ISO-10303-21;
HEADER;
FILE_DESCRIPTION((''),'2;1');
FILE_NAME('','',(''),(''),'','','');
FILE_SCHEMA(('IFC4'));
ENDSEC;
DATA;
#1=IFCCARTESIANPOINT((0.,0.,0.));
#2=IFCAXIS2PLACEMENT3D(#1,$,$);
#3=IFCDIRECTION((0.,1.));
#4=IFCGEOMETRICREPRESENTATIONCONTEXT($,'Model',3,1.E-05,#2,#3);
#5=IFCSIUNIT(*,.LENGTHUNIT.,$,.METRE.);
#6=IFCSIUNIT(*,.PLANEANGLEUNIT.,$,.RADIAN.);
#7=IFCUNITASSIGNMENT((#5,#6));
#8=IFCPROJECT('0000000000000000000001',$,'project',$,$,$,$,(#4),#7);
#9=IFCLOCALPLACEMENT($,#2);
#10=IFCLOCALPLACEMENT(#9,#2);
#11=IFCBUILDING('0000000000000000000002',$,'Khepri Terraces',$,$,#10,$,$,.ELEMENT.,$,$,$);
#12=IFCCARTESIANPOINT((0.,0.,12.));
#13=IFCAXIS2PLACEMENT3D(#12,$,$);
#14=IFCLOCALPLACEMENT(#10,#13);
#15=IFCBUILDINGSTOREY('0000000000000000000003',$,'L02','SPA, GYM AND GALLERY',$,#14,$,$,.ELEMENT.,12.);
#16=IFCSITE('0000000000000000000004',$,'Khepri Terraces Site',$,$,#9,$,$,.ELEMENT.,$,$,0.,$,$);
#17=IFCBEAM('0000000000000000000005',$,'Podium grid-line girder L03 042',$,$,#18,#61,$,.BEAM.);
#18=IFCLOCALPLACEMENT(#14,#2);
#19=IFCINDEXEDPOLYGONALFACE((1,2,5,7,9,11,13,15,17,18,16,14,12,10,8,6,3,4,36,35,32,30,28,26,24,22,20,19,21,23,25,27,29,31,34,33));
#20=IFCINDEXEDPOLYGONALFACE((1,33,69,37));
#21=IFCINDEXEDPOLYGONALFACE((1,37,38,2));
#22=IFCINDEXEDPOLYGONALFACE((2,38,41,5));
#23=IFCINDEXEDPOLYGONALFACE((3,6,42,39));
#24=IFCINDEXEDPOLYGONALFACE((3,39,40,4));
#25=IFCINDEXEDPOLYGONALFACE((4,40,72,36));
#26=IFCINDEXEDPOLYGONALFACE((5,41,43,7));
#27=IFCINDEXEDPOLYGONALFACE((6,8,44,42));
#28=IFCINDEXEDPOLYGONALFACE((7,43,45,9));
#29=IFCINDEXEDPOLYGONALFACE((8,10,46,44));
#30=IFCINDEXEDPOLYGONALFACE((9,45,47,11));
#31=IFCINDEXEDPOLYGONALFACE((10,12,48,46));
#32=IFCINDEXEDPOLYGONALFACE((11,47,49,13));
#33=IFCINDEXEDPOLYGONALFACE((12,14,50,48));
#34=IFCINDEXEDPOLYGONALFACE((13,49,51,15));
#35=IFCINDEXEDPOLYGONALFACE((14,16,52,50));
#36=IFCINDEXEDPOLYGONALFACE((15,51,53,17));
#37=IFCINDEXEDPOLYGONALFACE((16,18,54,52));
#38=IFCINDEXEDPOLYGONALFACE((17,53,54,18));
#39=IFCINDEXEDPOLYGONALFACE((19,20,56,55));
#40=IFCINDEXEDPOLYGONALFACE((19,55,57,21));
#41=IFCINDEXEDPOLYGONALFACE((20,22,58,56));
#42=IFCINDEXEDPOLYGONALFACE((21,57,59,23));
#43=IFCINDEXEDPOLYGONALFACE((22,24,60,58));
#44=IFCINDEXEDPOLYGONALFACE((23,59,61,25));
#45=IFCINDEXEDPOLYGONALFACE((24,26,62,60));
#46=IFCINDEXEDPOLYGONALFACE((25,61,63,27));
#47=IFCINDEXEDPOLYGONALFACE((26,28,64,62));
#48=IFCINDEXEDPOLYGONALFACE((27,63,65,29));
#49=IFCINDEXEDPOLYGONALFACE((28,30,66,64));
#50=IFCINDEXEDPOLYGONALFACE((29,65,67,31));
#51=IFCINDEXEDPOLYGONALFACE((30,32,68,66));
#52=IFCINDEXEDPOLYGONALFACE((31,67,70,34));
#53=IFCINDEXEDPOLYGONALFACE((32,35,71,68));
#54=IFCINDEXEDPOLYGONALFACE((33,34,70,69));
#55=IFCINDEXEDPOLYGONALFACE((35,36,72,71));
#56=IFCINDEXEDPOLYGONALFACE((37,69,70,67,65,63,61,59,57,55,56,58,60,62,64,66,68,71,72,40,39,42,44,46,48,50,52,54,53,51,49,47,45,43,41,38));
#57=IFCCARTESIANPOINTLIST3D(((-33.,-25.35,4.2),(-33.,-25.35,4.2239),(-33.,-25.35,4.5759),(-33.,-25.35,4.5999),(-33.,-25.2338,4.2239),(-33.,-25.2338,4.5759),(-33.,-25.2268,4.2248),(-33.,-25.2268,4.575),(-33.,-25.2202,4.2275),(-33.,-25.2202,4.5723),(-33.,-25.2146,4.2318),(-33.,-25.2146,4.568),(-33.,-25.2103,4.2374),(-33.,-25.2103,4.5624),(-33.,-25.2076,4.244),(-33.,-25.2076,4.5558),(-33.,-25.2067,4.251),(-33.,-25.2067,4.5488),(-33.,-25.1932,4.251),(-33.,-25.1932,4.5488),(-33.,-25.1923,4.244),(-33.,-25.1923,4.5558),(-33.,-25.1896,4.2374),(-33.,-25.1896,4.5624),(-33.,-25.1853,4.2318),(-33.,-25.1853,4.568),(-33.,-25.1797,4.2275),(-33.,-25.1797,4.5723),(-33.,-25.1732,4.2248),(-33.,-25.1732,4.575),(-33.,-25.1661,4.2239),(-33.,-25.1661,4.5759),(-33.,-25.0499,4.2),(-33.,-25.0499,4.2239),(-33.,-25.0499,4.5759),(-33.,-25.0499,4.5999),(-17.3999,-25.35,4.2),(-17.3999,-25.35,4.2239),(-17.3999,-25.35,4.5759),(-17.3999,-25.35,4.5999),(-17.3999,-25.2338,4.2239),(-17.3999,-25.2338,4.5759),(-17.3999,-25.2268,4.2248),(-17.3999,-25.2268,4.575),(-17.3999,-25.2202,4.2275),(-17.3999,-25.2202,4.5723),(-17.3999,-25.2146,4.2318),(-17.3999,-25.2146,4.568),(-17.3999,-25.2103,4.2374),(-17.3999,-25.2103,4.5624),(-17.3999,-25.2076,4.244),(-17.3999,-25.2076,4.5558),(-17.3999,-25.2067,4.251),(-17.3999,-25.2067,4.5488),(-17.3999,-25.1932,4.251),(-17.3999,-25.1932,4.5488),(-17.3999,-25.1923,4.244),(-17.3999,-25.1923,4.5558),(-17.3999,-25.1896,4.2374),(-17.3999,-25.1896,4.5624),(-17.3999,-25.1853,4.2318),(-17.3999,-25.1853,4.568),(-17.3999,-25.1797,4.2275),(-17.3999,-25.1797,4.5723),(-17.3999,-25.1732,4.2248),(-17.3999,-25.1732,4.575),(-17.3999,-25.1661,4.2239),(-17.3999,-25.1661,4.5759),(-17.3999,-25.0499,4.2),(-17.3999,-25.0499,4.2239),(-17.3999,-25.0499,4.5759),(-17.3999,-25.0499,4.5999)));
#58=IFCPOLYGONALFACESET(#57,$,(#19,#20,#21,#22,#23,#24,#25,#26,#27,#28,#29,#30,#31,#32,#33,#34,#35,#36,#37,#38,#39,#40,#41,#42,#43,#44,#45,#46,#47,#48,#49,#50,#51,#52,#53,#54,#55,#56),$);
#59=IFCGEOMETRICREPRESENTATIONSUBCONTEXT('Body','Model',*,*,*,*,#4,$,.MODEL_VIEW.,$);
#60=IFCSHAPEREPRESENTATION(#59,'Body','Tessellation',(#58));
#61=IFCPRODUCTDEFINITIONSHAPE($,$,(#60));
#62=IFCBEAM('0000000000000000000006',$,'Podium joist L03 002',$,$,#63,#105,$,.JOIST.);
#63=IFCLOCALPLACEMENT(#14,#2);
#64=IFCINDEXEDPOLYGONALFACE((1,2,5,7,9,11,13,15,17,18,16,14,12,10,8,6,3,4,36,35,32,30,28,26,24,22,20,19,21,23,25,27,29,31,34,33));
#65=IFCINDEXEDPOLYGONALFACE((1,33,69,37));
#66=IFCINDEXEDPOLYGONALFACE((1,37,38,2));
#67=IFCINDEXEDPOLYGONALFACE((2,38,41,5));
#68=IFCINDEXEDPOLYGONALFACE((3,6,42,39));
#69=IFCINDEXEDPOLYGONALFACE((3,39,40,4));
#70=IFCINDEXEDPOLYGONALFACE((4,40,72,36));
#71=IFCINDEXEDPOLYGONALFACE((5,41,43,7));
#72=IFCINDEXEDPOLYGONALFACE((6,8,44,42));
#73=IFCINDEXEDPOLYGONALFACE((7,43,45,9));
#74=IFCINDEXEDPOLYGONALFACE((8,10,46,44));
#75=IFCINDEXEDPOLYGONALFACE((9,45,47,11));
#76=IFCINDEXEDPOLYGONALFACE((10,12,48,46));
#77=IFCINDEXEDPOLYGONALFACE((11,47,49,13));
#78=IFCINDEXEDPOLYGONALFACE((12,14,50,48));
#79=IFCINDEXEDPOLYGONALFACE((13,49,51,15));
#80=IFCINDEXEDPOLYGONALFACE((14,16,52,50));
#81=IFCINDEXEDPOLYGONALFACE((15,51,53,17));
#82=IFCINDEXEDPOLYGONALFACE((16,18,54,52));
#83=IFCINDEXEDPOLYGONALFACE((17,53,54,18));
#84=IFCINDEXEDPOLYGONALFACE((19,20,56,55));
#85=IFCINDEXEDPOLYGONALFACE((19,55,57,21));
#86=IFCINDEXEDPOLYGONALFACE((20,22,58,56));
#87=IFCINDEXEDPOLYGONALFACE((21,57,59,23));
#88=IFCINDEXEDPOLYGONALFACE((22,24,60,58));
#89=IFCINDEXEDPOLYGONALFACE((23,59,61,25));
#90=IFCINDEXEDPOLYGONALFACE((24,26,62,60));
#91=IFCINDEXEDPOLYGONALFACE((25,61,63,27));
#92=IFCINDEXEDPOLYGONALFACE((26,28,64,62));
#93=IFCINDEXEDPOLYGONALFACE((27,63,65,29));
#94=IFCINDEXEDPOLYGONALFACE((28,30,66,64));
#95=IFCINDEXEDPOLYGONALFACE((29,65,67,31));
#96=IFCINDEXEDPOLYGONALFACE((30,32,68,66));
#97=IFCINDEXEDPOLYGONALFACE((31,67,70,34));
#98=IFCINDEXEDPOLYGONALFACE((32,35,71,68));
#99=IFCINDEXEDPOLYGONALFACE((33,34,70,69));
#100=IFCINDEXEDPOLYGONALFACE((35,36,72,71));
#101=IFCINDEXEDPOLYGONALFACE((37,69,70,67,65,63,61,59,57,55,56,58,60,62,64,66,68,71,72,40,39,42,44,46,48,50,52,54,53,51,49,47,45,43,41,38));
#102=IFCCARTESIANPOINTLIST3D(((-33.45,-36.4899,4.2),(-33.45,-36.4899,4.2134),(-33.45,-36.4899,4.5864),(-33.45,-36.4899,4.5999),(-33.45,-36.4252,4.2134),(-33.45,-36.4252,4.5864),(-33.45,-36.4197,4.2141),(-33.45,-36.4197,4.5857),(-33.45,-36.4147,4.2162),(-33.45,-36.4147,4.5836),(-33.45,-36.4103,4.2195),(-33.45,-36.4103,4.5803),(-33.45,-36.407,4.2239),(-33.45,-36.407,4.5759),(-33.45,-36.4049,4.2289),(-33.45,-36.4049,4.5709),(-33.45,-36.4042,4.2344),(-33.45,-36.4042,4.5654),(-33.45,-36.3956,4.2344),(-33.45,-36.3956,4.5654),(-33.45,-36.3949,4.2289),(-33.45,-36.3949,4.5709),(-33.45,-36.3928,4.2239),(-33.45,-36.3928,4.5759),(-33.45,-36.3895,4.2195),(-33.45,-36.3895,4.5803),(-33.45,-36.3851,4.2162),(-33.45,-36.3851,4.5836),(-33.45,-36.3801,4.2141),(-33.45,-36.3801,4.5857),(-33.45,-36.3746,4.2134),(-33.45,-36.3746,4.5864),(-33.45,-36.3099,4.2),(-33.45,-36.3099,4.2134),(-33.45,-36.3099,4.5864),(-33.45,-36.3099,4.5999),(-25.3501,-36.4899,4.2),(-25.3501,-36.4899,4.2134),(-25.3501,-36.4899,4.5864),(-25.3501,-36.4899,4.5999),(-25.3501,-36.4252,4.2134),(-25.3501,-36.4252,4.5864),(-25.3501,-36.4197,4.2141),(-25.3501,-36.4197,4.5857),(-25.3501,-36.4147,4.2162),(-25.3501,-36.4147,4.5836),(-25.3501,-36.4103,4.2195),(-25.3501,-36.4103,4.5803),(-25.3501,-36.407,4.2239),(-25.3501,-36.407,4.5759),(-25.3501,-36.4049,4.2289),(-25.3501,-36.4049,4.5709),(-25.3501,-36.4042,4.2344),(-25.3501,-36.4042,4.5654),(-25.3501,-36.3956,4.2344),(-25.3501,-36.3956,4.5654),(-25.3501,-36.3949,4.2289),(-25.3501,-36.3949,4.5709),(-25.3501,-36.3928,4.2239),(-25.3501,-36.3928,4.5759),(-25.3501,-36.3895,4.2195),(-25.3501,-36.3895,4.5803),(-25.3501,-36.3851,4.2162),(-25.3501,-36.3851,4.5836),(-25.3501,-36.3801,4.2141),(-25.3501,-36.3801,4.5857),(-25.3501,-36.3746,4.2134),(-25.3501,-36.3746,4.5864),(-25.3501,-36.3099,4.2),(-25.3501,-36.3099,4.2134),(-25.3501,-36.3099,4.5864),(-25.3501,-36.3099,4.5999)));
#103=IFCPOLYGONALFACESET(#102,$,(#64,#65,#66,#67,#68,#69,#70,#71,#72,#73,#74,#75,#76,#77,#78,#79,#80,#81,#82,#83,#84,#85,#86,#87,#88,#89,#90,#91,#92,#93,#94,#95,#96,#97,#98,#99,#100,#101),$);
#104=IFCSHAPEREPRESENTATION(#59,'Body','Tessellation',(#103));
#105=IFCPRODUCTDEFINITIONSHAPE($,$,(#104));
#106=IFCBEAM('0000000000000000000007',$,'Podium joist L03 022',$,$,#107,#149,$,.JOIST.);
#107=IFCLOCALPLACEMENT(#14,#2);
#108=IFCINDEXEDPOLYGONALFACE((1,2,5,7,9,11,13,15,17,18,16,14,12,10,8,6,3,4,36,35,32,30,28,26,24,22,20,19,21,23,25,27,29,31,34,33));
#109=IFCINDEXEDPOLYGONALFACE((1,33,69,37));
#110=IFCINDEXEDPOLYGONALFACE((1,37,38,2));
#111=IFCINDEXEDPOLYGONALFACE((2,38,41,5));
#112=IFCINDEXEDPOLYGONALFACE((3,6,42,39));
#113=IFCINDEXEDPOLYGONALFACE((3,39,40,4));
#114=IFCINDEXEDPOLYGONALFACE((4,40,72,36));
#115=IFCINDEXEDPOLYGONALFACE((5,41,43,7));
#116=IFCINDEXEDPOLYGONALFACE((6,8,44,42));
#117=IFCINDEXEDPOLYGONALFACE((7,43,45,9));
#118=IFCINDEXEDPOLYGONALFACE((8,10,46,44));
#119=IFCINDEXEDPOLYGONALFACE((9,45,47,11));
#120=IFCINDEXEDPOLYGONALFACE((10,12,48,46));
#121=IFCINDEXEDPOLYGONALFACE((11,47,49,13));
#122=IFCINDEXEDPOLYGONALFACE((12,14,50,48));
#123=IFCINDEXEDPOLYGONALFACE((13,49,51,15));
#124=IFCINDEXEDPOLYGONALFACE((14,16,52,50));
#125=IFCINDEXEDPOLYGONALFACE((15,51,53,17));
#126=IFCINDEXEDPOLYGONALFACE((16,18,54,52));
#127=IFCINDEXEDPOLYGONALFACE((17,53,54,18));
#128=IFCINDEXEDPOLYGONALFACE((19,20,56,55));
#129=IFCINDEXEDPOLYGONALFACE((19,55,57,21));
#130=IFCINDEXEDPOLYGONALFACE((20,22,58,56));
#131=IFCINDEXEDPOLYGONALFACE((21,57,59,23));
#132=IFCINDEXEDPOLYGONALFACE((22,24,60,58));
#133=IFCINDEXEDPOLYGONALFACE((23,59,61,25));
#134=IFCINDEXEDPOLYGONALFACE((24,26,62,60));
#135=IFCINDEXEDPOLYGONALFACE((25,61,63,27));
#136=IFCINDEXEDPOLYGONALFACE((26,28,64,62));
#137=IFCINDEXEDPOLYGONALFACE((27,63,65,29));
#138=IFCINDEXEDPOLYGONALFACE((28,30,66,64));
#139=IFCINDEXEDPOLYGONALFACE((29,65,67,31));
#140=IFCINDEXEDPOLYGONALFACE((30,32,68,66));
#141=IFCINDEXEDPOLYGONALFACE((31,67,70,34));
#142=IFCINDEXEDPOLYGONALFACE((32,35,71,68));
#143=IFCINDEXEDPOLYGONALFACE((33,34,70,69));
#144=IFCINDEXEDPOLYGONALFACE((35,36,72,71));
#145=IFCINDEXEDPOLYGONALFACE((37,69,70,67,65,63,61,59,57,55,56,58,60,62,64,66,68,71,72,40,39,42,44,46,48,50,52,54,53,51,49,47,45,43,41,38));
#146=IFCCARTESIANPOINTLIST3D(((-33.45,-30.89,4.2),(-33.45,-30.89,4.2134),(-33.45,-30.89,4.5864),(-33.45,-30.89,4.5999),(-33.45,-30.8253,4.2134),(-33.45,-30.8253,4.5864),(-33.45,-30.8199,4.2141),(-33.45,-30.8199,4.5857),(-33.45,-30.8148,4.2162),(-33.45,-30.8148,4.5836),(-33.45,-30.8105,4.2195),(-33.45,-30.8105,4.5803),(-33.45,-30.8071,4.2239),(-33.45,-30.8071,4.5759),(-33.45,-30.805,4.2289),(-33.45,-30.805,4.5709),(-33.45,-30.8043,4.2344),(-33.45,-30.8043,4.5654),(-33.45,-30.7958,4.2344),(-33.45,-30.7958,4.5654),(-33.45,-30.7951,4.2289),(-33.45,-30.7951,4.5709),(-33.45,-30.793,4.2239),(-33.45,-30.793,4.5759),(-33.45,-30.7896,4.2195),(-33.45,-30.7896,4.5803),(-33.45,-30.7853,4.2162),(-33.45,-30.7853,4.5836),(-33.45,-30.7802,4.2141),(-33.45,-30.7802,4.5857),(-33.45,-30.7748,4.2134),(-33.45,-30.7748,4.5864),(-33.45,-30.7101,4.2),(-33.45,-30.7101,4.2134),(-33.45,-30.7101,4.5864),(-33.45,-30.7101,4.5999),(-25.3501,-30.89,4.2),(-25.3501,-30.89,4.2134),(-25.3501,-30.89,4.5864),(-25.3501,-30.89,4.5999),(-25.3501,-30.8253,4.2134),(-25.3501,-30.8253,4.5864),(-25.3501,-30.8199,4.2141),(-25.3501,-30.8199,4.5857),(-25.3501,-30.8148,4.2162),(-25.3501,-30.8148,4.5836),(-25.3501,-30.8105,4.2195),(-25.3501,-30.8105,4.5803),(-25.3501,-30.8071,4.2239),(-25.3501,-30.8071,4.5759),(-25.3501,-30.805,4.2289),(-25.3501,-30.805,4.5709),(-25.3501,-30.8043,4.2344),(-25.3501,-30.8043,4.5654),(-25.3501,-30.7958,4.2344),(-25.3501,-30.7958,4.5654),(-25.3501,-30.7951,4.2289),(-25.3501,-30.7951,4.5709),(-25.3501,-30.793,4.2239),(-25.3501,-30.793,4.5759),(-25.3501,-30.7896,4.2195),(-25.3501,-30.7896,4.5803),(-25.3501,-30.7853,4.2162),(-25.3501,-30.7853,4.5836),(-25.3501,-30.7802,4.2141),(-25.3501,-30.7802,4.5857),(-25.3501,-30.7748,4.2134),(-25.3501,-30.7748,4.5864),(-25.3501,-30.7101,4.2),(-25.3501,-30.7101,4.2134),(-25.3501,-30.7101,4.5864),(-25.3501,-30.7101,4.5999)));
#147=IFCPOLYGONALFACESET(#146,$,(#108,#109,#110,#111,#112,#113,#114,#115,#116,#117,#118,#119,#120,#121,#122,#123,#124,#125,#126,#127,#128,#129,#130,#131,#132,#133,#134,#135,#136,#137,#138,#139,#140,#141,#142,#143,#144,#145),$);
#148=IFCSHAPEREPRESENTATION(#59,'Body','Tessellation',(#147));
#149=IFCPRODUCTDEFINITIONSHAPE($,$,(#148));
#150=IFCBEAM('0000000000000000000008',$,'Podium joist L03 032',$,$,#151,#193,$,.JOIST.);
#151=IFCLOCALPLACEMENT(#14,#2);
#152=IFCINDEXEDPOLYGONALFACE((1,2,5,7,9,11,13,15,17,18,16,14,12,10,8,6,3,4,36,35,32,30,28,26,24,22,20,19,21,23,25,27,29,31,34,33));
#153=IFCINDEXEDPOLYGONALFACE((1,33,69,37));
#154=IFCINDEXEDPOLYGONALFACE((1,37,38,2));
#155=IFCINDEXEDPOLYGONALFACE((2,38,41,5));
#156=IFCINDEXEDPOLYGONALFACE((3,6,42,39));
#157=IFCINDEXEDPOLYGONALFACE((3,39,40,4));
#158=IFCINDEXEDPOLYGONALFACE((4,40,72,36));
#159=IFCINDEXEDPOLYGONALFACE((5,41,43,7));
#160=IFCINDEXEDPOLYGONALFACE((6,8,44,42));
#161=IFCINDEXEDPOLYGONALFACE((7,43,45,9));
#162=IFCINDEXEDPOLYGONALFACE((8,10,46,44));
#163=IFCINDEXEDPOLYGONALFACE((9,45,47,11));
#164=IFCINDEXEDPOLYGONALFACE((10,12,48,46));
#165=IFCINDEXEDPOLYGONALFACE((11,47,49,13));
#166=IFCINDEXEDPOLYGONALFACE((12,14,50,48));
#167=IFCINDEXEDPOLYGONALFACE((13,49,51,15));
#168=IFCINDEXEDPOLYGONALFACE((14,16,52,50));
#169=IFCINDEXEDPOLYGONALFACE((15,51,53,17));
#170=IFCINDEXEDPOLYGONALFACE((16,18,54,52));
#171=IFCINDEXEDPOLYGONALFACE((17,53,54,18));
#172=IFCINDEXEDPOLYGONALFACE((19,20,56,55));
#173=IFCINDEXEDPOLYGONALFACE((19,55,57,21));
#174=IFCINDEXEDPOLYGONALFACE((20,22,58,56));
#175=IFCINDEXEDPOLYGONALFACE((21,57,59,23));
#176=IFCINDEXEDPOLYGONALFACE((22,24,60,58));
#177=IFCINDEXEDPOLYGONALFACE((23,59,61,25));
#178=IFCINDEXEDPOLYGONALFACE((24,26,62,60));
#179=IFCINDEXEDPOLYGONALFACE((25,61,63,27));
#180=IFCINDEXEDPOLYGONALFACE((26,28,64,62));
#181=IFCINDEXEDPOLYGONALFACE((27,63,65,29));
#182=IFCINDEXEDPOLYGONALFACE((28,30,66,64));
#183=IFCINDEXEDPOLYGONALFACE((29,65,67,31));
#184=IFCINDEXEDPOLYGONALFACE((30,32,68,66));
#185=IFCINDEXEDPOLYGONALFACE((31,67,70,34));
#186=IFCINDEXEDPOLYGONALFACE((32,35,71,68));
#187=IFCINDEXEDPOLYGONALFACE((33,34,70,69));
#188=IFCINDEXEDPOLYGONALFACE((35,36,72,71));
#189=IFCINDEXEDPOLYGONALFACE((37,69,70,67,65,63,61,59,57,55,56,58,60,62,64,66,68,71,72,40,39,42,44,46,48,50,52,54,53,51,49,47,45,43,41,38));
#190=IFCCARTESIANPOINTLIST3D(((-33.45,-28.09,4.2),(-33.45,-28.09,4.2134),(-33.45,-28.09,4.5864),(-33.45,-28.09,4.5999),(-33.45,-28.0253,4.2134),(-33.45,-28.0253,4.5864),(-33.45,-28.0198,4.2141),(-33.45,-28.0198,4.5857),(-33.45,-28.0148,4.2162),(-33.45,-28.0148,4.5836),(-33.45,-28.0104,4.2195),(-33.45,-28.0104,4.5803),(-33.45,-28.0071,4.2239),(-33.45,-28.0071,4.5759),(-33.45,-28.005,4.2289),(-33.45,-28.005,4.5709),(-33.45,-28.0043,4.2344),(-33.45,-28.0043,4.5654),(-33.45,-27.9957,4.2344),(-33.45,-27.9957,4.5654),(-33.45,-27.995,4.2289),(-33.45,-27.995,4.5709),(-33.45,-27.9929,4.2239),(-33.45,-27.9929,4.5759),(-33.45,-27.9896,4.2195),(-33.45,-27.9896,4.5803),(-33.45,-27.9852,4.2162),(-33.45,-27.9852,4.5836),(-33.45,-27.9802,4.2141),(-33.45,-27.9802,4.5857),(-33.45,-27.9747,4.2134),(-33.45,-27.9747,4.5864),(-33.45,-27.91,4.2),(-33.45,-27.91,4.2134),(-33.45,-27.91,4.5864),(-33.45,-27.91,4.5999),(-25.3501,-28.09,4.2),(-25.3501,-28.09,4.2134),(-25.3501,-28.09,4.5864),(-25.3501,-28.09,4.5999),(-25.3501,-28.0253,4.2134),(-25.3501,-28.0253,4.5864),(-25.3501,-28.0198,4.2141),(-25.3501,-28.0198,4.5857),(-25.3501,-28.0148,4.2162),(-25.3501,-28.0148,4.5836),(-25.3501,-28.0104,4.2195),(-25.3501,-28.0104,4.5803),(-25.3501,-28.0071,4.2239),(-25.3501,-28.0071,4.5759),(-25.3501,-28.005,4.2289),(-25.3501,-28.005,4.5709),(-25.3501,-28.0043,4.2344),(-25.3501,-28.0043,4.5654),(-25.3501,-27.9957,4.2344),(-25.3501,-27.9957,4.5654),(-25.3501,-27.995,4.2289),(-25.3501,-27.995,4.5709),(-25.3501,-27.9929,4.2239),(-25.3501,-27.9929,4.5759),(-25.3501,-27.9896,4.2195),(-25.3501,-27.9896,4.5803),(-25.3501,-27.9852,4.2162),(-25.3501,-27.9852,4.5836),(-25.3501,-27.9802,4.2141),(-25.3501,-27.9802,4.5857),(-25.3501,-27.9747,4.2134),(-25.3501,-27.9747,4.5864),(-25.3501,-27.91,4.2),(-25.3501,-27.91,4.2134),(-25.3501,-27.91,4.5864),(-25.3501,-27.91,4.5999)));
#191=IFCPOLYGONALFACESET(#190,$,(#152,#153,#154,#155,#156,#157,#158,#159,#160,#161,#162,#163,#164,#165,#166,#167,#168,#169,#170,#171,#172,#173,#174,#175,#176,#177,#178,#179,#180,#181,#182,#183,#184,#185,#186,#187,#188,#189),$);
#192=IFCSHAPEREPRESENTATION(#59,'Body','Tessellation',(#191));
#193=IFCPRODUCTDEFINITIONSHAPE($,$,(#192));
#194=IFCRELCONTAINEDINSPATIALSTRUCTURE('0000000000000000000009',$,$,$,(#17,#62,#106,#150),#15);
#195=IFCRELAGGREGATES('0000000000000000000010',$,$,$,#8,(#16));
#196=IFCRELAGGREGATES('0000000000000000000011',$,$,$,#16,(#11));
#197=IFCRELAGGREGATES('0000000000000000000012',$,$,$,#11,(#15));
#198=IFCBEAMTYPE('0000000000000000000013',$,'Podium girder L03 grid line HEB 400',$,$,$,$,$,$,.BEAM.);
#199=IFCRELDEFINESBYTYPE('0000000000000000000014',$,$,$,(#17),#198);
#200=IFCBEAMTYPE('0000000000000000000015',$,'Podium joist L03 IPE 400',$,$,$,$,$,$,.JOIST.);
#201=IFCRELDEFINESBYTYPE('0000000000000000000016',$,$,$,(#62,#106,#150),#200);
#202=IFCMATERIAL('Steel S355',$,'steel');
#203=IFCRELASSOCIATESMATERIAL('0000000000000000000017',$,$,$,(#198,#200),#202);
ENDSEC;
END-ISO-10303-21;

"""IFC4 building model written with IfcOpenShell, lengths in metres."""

from ifc_helpers import new_model, si_unit, direction, frame, origin, origin_2d, place, context, subcontext, project, spatial, i_section, extrude, material, material_profile, profile_set, type_object, element, save


model = new_model("IFC4")

# Units and contexts
model_context = context("Model", 3, precision=1e-05, world=origin(), true_north=direction((0.0, 1.0)))
body_context = subcontext(model_context, "Body", "Model", "MODEL_VIEW")
ifc_project = project(units=[si_unit("LENGTHUNIT", "METRE"), si_unit("PLANEANGLEUNIT", "RADIAN")], contexts=[model_context])

# Site, building, storey
site_placement = place(None, origin())
site = spatial("IfcSite", under=ifc_project, at=site_placement, Name="Khepri Terraces Site", CompositionType="ELEMENT", RefElevation=0.0)
building_placement = place(site_placement, origin())
building = spatial("IfcBuilding", under=site, at=building_placement, Name="Khepri Terraces", CompositionType="ELEMENT")
storey_placement = place(building_placement, frame((0.0, 0.0, 12.0)))
storey = spatial("IfcBuildingStorey", under=building, at=storey_placement, Name="L02", Description="SPA, GYM AND GALLERY", CompositionType="ELEMENT", Elevation=12.0)

# Beams
ifc_material_1 = material(Name="Steel S355", Category="steel")
ifc_material_profile_1 = material_profile(ifc_material_1, i_section(OverallWidth=0.3, OverallDepth=0.3999, WebThickness=0.0134, FlangeThickness=0.0239, FilletRadius=0.0271, at=origin_2d()), Name="Steel S355", Category="steel")
ifc_profile_set_1 = profile_set([ifc_material_profile_1], Name="Steel S355")
beam_type_1 = type_object("IfcBeamType", Name="Podium girder L03 grid line HEB 400", PredefinedType="BEAM", material=ifc_profile_set_1)
beam_1_placement = place(storey_placement, frame((-33.0, -25.2, 4.3999), z_axis=(1.0, 0.0, 0.0), x_axis=(0.0, 1.0, 0.0)))
element("IfcBeam", 1, at=beam_1_placement, inside=storey, type_object=beam_type_1, Name="Podium grid-line girder L03 042", PredefinedType="BEAM", context=body_context, shape_type="SweptSolid", body=[
    extrude(i_section(OverallWidth=0.3, OverallDepth=0.3999, WebThickness=0.0134, FlangeThickness=0.0239, FilletRadius=0.0271, at=origin_2d()), origin(), (0.0, 0.0, 1.0), 15.6001),
])
ifc_material_profile_2 = material_profile(ifc_material_1, i_section(OverallWidth=0.1799, OverallDepth=0.3999, WebThickness=0.0085, FlangeThickness=0.0134, FilletRadius=0.021, at=origin_2d()), Name="Steel S355", Category="steel")
ifc_profile_set_2 = profile_set([ifc_material_profile_2], Name="Steel S355")
beam_type_2 = type_object("IfcBeamType", Name="Podium joist L03 IPE 400", PredefinedType="JOIST", material=ifc_profile_set_2)
for number, where, z_axis, x_axis, name in (
    (2, (-33.45, -36.3999, 4.3999), (1.0, 0.0, 0.0), (0.0, 1.0, 0.0), "Podium joist L03 002"),
    (3, (-33.45, -30.8, 4.3999), (1.0, 0.0, 0.0), (0.0, 1.0, 0.0), "Podium joist L03 022"),
    (4, (-33.45, -28.0, 4.3999), (1.0, 0.0, 0.0), (0.0, 1.0, 0.0), "Podium joist L03 032"),
):
    element("IfcBeam", number, at=place(storey_placement, frame(where, z_axis=z_axis, x_axis=x_axis)), inside=storey, type_object=beam_type_2, Name=name, PredefinedType="JOIST", context=body_context, shape_type="SweptSolid", body=[
        extrude(i_section(OverallWidth=0.1799, OverallDepth=0.3999, WebThickness=0.0085, FlangeThickness=0.0134, FilletRadius=0.021, at=origin_2d()), origin(), (0.0, 0.0, 1.0), 8.0999),
    ])

save(model, "model.ifc")
